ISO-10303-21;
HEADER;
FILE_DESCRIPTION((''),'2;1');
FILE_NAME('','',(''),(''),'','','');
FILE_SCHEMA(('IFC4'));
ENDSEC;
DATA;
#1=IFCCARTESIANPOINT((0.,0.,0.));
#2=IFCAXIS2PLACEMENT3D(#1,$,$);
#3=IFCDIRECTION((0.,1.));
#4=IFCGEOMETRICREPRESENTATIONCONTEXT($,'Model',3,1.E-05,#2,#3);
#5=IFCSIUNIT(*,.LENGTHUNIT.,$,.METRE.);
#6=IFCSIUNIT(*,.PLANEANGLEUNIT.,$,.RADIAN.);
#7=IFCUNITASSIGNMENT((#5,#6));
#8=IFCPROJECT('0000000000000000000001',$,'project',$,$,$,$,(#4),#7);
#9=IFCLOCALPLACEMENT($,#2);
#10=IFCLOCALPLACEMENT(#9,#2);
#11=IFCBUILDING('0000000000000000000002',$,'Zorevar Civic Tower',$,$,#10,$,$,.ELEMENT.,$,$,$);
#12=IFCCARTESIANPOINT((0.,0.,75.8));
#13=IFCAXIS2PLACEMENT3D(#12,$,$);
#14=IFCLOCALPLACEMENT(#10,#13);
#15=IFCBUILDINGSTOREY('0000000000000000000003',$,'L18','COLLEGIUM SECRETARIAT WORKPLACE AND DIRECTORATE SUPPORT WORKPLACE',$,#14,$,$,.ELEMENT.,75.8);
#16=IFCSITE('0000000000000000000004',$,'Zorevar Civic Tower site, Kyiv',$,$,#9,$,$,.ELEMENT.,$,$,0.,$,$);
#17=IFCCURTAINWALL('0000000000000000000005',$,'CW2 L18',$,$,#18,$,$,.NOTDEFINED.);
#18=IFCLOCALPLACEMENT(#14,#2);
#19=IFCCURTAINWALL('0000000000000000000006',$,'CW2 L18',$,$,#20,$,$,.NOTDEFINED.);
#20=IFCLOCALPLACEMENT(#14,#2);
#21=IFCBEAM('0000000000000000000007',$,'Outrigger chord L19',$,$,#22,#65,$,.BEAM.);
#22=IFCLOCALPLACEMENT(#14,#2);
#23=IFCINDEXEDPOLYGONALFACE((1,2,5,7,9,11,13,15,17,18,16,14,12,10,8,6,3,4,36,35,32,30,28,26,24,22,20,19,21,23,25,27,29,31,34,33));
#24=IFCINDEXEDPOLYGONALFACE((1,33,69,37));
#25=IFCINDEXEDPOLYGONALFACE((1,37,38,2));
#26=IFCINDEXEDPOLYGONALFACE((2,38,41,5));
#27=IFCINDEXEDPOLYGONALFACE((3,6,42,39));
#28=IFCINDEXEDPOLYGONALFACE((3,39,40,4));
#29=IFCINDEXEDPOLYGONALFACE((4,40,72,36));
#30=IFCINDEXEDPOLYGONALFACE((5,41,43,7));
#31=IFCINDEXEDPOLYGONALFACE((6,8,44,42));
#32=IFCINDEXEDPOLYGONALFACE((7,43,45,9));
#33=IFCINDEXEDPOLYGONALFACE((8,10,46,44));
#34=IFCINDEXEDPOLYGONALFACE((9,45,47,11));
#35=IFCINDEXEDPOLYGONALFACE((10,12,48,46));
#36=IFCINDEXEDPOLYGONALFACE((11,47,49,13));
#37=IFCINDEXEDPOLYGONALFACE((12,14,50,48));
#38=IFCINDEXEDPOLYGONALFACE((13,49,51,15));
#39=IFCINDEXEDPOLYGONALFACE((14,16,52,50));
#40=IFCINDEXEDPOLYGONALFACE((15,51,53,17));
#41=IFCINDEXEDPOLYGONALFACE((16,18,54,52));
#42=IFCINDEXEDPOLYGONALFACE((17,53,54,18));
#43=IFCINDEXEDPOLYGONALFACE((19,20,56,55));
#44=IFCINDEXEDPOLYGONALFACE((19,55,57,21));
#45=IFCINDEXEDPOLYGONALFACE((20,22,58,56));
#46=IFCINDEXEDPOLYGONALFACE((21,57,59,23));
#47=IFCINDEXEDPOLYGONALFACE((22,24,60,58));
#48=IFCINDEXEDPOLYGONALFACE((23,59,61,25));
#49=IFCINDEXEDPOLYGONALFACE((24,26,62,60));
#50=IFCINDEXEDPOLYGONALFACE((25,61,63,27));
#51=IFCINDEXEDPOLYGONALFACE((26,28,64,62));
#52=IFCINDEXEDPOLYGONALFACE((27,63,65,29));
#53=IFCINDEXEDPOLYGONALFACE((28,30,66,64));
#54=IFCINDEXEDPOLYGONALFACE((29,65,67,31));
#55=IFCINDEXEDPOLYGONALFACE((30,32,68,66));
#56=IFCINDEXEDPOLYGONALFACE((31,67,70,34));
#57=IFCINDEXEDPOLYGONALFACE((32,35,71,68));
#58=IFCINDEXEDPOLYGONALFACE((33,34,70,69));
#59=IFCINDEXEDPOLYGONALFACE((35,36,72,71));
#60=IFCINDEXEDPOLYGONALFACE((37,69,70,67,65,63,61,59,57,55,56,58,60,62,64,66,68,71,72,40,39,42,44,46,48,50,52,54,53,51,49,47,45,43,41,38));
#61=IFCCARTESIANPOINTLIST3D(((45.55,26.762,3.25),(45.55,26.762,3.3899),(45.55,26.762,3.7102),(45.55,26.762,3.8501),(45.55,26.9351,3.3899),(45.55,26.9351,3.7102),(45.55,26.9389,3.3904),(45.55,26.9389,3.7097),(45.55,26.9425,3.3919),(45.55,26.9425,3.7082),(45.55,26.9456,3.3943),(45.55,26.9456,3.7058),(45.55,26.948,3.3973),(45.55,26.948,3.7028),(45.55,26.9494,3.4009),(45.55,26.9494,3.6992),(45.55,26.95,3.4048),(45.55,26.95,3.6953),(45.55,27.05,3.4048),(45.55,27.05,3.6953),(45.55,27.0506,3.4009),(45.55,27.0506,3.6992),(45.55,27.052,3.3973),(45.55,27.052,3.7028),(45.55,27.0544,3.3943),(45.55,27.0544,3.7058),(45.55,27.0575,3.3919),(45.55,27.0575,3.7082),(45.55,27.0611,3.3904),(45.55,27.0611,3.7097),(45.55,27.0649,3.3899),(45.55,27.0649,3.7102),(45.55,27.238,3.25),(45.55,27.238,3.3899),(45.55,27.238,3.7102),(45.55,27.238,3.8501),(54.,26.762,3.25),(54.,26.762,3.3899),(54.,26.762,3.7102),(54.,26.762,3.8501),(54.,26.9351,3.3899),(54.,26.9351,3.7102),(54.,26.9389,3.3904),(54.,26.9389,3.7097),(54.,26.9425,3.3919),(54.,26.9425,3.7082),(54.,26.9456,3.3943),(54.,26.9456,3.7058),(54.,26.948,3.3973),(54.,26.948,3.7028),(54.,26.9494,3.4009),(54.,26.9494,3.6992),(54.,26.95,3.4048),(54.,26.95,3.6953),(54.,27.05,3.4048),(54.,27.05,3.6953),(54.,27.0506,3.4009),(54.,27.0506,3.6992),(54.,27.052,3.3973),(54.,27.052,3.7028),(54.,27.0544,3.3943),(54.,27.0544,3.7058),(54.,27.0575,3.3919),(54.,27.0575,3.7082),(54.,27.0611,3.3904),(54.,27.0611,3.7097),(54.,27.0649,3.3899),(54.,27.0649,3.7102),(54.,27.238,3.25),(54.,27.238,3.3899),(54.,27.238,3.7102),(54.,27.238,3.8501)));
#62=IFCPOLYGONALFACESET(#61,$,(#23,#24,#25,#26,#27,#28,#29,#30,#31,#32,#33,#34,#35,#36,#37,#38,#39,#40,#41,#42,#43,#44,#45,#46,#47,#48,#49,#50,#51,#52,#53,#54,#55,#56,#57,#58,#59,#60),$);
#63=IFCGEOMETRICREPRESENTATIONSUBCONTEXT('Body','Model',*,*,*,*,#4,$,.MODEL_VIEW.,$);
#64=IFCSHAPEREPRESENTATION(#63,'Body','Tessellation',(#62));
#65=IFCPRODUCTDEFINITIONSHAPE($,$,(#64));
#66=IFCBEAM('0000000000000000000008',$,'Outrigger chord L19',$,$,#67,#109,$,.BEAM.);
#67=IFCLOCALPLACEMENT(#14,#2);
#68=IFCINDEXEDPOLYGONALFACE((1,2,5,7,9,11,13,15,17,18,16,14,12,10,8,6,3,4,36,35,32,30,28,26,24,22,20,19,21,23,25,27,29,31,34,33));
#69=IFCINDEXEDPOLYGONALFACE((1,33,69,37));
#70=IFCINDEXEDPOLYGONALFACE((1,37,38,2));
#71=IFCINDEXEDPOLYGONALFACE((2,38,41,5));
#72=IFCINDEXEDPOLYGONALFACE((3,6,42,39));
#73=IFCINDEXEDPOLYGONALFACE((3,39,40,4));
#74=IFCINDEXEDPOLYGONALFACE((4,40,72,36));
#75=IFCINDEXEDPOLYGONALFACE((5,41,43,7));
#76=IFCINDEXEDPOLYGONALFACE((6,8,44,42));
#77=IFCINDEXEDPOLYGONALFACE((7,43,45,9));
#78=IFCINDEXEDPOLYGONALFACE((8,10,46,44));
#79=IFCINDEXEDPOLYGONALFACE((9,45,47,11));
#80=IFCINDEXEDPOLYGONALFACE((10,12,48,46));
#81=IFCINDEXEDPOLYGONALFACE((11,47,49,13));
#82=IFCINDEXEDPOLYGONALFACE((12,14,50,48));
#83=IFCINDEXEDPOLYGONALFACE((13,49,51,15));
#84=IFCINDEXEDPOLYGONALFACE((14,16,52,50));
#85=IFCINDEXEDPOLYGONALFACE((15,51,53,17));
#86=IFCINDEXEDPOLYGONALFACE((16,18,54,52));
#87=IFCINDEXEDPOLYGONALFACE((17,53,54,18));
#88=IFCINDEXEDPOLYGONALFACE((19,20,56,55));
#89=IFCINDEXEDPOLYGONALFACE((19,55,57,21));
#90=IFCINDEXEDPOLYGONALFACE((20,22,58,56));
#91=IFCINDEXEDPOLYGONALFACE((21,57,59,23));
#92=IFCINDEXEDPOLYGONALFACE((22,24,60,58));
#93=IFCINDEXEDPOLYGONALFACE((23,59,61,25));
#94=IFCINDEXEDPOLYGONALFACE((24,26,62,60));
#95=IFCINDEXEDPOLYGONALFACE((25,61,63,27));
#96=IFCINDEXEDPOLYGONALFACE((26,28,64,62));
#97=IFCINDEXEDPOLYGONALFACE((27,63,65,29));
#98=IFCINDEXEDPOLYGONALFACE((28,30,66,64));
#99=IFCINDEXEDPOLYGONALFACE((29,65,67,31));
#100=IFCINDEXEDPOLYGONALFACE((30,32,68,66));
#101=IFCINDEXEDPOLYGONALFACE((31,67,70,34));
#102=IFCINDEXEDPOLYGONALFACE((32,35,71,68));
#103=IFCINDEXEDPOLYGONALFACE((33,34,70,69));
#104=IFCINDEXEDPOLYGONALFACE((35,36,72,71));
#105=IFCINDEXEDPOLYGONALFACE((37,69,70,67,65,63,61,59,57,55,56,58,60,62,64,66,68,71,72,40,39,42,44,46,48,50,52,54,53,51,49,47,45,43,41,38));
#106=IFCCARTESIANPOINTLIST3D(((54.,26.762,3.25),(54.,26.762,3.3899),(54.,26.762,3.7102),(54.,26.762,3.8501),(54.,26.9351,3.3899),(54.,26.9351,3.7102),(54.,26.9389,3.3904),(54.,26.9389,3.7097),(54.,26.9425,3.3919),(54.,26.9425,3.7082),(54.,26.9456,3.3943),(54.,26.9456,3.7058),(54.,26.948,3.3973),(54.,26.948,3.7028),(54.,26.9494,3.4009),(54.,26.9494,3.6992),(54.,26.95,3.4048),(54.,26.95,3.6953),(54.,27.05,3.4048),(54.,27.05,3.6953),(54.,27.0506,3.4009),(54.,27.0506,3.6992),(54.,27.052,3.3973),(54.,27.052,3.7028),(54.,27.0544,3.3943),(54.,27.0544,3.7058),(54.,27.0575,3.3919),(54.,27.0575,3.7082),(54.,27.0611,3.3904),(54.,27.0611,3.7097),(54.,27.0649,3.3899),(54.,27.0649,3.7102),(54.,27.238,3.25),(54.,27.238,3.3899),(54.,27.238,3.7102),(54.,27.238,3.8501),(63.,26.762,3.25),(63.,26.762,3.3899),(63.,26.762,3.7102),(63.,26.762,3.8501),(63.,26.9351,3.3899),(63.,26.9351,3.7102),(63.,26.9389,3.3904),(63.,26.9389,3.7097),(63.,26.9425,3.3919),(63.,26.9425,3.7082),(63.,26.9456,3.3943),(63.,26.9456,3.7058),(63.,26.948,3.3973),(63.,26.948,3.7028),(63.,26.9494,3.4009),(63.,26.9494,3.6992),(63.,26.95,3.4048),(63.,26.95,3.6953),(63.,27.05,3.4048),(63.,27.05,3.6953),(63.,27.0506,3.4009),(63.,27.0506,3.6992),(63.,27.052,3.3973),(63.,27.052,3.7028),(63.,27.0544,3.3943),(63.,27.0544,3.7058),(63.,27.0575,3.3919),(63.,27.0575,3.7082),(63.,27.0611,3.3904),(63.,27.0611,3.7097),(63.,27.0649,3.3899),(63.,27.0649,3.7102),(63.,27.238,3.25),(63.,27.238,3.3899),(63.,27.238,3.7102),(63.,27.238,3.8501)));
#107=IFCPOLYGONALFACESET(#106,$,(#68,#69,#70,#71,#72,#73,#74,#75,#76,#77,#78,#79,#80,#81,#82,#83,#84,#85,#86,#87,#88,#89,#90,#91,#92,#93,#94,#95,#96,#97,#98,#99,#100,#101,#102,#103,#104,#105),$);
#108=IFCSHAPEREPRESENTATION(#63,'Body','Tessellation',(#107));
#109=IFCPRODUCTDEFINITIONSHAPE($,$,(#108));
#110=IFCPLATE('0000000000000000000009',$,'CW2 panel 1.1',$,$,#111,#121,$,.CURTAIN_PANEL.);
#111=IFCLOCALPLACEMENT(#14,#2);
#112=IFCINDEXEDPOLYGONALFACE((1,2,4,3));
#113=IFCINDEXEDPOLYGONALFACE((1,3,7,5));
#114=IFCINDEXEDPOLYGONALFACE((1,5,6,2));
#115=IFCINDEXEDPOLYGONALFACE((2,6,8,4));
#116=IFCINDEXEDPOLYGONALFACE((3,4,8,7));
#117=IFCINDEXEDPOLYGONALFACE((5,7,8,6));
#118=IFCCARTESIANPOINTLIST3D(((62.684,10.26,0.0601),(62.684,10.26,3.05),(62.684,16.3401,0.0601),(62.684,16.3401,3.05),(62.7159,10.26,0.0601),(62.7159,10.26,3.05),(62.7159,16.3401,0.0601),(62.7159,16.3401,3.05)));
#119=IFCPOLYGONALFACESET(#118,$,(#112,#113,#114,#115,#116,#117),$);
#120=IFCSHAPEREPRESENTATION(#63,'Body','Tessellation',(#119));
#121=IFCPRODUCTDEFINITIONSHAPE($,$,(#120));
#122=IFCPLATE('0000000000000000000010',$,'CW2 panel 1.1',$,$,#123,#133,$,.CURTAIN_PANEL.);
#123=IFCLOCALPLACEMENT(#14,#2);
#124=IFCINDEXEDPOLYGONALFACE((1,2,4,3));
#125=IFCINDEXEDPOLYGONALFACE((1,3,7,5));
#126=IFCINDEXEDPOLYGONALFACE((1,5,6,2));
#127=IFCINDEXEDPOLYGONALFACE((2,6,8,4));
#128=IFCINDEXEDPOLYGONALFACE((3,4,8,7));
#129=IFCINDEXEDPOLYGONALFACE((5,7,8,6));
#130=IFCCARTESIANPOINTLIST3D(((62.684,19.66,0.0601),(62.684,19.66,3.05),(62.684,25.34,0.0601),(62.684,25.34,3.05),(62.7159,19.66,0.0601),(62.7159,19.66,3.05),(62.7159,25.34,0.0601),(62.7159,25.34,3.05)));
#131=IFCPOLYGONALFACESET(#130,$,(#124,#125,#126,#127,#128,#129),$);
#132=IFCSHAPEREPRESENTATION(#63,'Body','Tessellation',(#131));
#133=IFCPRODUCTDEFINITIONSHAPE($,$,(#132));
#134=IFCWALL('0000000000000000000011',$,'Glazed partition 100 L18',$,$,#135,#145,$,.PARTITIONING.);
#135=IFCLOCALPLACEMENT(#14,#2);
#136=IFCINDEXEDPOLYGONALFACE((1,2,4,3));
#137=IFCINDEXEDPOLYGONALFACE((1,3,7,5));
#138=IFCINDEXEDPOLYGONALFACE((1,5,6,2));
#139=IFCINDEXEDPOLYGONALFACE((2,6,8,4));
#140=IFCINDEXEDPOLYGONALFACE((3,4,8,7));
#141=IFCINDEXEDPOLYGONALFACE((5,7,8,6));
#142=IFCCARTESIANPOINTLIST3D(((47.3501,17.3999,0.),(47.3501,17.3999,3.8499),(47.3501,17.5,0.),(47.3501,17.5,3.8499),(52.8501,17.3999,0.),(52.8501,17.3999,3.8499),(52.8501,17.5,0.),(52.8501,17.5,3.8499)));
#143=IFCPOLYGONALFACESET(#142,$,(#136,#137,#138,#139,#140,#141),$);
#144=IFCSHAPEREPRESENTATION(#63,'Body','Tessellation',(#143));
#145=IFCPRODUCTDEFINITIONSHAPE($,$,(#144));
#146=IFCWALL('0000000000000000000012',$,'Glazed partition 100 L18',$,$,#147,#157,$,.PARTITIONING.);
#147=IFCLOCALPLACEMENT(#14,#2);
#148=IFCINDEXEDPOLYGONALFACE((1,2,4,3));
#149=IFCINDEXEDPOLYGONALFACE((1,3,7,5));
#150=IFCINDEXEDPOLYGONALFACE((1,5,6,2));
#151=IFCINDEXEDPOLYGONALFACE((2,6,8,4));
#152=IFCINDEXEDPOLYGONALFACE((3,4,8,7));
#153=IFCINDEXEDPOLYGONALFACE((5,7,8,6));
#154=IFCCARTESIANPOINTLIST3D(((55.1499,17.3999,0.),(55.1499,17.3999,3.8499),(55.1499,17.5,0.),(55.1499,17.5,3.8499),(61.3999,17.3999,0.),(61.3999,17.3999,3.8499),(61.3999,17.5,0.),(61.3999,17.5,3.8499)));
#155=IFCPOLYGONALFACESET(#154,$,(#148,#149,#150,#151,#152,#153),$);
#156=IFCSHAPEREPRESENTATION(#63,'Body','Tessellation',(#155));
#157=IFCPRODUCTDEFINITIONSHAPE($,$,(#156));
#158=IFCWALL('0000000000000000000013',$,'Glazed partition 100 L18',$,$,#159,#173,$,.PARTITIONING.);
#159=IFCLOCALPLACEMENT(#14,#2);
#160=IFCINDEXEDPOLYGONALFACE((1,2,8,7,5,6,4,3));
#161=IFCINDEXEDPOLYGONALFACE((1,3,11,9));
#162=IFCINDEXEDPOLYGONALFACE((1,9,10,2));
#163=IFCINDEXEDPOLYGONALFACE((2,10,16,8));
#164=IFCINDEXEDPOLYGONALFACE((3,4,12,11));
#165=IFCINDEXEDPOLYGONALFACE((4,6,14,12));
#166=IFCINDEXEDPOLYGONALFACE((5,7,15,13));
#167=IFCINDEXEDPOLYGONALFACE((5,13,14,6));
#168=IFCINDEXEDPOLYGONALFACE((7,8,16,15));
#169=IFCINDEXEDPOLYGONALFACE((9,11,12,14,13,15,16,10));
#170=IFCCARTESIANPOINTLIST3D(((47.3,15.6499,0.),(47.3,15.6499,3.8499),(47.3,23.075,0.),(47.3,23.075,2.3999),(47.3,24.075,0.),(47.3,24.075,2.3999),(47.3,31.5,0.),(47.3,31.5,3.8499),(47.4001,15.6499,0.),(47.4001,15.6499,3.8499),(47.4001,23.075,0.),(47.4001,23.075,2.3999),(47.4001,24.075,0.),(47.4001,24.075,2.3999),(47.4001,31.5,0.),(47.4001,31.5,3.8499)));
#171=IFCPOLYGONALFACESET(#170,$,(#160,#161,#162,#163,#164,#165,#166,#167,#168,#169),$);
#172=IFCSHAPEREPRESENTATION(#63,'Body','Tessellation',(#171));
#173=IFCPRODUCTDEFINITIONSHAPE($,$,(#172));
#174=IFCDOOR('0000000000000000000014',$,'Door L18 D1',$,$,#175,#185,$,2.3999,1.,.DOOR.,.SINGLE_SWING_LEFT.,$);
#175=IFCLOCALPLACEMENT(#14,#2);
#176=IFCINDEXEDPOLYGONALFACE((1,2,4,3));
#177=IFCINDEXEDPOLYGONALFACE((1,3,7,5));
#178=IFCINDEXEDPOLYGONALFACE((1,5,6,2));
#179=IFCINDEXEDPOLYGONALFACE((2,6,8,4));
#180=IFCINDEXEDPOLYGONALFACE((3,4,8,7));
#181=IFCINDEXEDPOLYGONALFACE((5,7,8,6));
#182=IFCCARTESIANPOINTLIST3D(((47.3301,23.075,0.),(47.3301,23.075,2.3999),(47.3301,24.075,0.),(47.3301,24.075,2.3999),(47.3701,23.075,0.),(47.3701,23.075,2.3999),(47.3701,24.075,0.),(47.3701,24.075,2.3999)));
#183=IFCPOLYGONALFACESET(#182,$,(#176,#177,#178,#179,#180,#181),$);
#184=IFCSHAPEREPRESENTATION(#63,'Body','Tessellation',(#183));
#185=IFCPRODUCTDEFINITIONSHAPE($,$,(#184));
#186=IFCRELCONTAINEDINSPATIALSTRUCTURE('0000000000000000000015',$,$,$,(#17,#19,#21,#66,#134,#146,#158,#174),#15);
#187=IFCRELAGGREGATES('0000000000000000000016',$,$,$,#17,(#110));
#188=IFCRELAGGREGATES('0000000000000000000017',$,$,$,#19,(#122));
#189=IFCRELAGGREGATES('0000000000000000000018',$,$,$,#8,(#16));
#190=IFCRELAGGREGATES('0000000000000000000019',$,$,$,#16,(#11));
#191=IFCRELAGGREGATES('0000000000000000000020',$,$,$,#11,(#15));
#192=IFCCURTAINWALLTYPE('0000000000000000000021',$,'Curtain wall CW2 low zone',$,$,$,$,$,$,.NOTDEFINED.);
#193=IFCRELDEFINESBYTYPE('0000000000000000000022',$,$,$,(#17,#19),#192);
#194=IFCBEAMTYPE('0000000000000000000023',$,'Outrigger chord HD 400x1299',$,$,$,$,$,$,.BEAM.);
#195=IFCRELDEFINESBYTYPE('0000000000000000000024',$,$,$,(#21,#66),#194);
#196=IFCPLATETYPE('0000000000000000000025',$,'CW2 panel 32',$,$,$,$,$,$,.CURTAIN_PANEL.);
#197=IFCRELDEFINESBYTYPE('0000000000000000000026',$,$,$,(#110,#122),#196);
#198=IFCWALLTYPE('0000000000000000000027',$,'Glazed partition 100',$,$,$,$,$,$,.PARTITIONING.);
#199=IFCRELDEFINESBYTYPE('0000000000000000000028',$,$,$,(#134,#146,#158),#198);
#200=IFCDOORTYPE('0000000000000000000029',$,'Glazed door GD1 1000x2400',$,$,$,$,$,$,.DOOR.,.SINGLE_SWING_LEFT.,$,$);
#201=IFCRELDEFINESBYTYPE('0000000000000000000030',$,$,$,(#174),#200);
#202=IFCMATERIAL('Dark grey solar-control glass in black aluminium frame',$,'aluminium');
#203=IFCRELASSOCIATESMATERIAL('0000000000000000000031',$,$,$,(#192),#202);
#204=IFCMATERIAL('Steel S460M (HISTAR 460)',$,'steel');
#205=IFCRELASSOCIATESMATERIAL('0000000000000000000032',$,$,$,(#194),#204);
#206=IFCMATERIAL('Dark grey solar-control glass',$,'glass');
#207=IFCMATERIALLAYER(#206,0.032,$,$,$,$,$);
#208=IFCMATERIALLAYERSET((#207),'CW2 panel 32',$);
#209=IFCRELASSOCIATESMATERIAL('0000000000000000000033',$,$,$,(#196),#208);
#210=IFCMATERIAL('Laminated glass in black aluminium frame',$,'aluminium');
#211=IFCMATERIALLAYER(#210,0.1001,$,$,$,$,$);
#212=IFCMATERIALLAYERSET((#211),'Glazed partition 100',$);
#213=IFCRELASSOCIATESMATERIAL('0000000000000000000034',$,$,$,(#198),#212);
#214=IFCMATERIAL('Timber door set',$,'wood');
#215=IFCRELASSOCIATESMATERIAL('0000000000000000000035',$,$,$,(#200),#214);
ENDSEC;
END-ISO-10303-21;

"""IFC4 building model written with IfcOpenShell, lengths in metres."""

from ifc_helpers import new_model, si_unit, direction, frame, frame_2d, origin, origin_2d, place, context, subcontext, project, spatial, rectangle, i_section, extrude, material, layer, layer_set, material_profile, profile_set, type_object, element, fill, aggregate, save


model = new_model("IFC4")

# Units and contexts
model_context = context("Model", 3, precision=1e-05, world=origin(), true_north=direction((0.0, 1.0)))
body_context = subcontext(model_context, "Body", "Model", "MODEL_VIEW")
ifc_project = project(units=[si_unit("LENGTHUNIT", "METRE"), si_unit("PLANEANGLEUNIT", "RADIAN")], contexts=[model_context])

# Site, building, storey
site_placement = place(None, origin())
site = spatial("IfcSite", under=ifc_project, at=site_placement, Name="Zorevar Civic Tower site, Kyiv", CompositionType="ELEMENT", RefElevation=0.0)
building_placement = place(site_placement, origin())
building = spatial("IfcBuilding", under=site, at=building_placement, Name="Zorevar Civic Tower", CompositionType="ELEMENT")
storey_placement = place(building_placement, frame((0.0, 0.0, 75.8)))
storey = spatial("IfcBuildingStorey", under=building, at=storey_placement, Name="L18", Description="COLLEGIUM SECRETARIAT WORKPLACE AND DIRECTORATE SUPPORT WORKPLACE", CompositionType="ELEMENT", Elevation=75.8)

# Curtain wall
ifc_material_1 = material(Name="Dark grey solar-control glass in black aluminium frame", Category="aluminium")
curtain_wall_type = type_object("IfcCurtainWallType", Name="Curtain wall CW2 low zone", PredefinedType="NOTDEFINED", material=ifc_material_1)
curtain_wall_1_placement = place(storey_placement, origin())
curtain_wall_1 = element("IfcCurtainWall", 1, at=curtain_wall_1_placement, inside=storey, type_object=curtain_wall_type, Name="CW2 L18", PredefinedType="NOTDEFINED")

# Curtain wall
curtain_wall_2_placement = place(storey_placement, origin())
curtain_wall_2 = element("IfcCurtainWall", 2, at=curtain_wall_2_placement, inside=storey, type_object=curtain_wall_type, Name="CW2 L18", PredefinedType="NOTDEFINED")

# Beams
ifc_material_2 = material(Name="Steel S460M (HISTAR 460)", Category="steel")
ifc_material_profile_1 = material_profile(ifc_material_2, i_section(OverallWidth=0.4761, OverallDepth=0.6001, WebThickness=0.1001, FlangeThickness=0.1399, FilletRadius=0.0149, at=origin_2d()), Name="HD 400x1299")
ifc_profile_set_1 = profile_set([ifc_material_profile_1], Name="Steel S460M (HISTAR 460)")
beam_type_1 = type_object("IfcBeamType", Name="Outrigger chord HD 400x1299", PredefinedType="BEAM", material=ifc_profile_set_1)
beam_1_placement = place(storey_placement, frame((45.55, 27.0, 3.55), z_axis=(1.0, 0.0, 0.0), x_axis=(0.0, 1.0, 0.0)))
element("IfcBeam", 3, at=beam_1_placement, inside=storey, type_object=beam_type_1, Name="Outrigger chord L19", PredefinedType="BEAM", context=body_context, shape_type="SweptSolid", body=[
    extrude(i_section(OverallWidth=0.4761, OverallDepth=0.6001, WebThickness=0.1001, FlangeThickness=0.1399, FilletRadius=0.0149, at=origin_2d()), origin(), (0.0, 0.0, 1.0), 8.45),
])
beam_2_placement = place(storey_placement, frame((54.0, 27.0, 3.55), z_axis=(1.0, 0.0, 0.0), x_axis=(0.0, 1.0, 0.0)))
element("IfcBeam", 4, at=beam_2_placement, inside=storey, type_object=beam_type_1, Name="Outrigger chord L19", PredefinedType="BEAM", context=body_context, shape_type="SweptSolid", body=[
    extrude(i_section(OverallWidth=0.4761, OverallDepth=0.6001, WebThickness=0.1001, FlangeThickness=0.1399, FilletRadius=0.0149, at=origin_2d()), origin(), (0.0, 0.0, 1.0), 9.0),
])

# Plates
ifc_material_3 = material(Name="Dark grey solar-control glass", Category="glass")
ifc_layer_1 = layer(ifc_material_3, 0.032)
ifc_layer_set_1 = layer_set([ifc_layer_1], Name="CW2 panel 32")
plate_type = type_object("IfcPlateType", Name="CW2 panel 32", PredefinedType="CURTAIN_PANEL", material=ifc_layer_set_1)
plate_1_placement = place(storey_placement, frame((62.7, 13.3, 0.0601), z_axis=(0.0, 0.0, 1.0), x_axis=(0.0, 1.0, 0.0)))
plate_1 = element("IfcPlate", 5, at=plate_1_placement, type_object=plate_type, Name="CW2 panel 1.1", PredefinedType="CURTAIN_PANEL", context=body_context, shape_type="SweptSolid", body=[
    extrude(rectangle(XDim=6.0801, YDim=0.032, at=origin_2d()), origin(), (0.0, 0.0, 1.0), 2.99),
])
aggregate(curtain_wall_1, [plate_1])
plate_2_placement = place(storey_placement, frame((62.7, 22.5, 0.0601), z_axis=(0.0, 0.0, 1.0), x_axis=(0.0, 1.0, 0.0)))
plate_2 = element("IfcPlate", 6, at=plate_2_placement, type_object=plate_type, Name="CW2 panel 1.1", PredefinedType="CURTAIN_PANEL", context=body_context, shape_type="SweptSolid", body=[
    extrude(rectangle(XDim=5.6799, YDim=0.032, at=origin_2d()), origin(), (0.0, 0.0, 1.0), 2.99),
])
aggregate(curtain_wall_2, [plate_2])

# Walls
ifc_material_4 = material(Name="Laminated glass in black aluminium frame", Category="aluminium")
ifc_layer_2 = layer(ifc_material_4, 0.1001)
ifc_layer_set_2 = layer_set([ifc_layer_2], Name="Glazed partition 100")
wall_type_1 = type_object("IfcWallType", Name="Glazed partition 100", PredefinedType="PARTITIONING", material=ifc_layer_set_2)
wall_1_placement = place(storey_placement, frame((47.3501, 17.45, 0.0), z_axis=(0.0, 0.0, 1.0), x_axis=(1.0, 0.0, 0.0)))
element("IfcWall", 7, at=wall_1_placement, inside=storey, type_object=wall_type_1, Name="Glazed partition 100 L18", PredefinedType="PARTITIONING", context=body_context, shape_type="SweptSolid", body=[
    extrude(rectangle(XDim=5.5, YDim=0.1001, at=frame_2d((2.75, 0.0))), origin(), (0.0, 0.0, 1.0), 3.8499),
])
wall_2_placement = place(storey_placement, frame((55.1499, 17.45, 0.0), z_axis=(0.0, 0.0, 1.0), x_axis=(1.0, 0.0, 0.0)))
element("IfcWall", 8, at=wall_2_placement, inside=storey, type_object=wall_type_1, Name="Glazed partition 100 L18", PredefinedType="PARTITIONING", context=body_context, shape_type="SweptSolid", body=[
    extrude(rectangle(XDim=6.25, YDim=0.1001, at=frame_2d((3.125, 0.0))), origin(), (0.0, 0.0, 1.0), 3.8499),
])

# Wall, opening, door
wall_3_placement = place(storey_placement, frame((47.3501, 15.6499, 0.0), z_axis=(0.0, 0.0, 1.0), x_axis=(0.0, 1.0, 0.0)))
wall_3 = element("IfcWall", 9, at=wall_3_placement, inside=storey, type_object=wall_type_1, Name="Glazed partition 100 L18", PredefinedType="PARTITIONING", context=body_context, shape_type="SweptSolid", body=[
    extrude(rectangle(XDim=15.8501, YDim=0.1001, at=frame_2d((7.925, 0.0))), origin(), (0.0, 0.0, 1.0), 3.8499),
])
opening_1_placement = place(wall_3_placement, frame((7.425, 0.0, 0.0)))
opening_1 = element("IfcOpeningElement", 10, at=opening_1_placement, cuts=wall_3, PredefinedType="OPENING", context=body_context, shape_type="SweptSolid", body=[
    extrude(rectangle(XDim=1.0, YDim=2.3999, at=frame_2d((0.5, 1.2))), frame((0.0, 0.0601, 0.0), z_axis=(0.0, -1.0, 0.0), x_axis=(1.0, 0.0, 0.0)), (0.0, 0.0, 1.0), 0.1201),
])
ifc_material_5 = material(Name="Timber door set", Category="wood")
door_type_1 = type_object("IfcDoorType", Name="Glazed door GD1 1000x2400", OperationType="SINGLE_SWING_LEFT", PredefinedType="DOOR", material=ifc_material_5)
door_1_placement = place(opening_1_placement, origin())
door_1 = element("IfcDoor", 11, at=door_1_placement, inside=storey, type_object=door_type_1, Name="Door L18 D1", OperationType="SINGLE_SWING_LEFT", OverallHeight=2.3999, OverallWidth=1.0, PredefinedType="DOOR", context=body_context, shape_type="SweptSolid", body=[
    extrude(rectangle(XDim=1.0, YDim=2.3999, at=frame_2d((0.5, 1.2))), frame((0.0, 0.02, 0.0), z_axis=(0.0, -1.0, 0.0), x_axis=(1.0, 0.0, 0.0)), (0.0, 0.0, 1.0), 0.04),
])
fill(opening_1, door_1)

save(model, "model.ifc")
